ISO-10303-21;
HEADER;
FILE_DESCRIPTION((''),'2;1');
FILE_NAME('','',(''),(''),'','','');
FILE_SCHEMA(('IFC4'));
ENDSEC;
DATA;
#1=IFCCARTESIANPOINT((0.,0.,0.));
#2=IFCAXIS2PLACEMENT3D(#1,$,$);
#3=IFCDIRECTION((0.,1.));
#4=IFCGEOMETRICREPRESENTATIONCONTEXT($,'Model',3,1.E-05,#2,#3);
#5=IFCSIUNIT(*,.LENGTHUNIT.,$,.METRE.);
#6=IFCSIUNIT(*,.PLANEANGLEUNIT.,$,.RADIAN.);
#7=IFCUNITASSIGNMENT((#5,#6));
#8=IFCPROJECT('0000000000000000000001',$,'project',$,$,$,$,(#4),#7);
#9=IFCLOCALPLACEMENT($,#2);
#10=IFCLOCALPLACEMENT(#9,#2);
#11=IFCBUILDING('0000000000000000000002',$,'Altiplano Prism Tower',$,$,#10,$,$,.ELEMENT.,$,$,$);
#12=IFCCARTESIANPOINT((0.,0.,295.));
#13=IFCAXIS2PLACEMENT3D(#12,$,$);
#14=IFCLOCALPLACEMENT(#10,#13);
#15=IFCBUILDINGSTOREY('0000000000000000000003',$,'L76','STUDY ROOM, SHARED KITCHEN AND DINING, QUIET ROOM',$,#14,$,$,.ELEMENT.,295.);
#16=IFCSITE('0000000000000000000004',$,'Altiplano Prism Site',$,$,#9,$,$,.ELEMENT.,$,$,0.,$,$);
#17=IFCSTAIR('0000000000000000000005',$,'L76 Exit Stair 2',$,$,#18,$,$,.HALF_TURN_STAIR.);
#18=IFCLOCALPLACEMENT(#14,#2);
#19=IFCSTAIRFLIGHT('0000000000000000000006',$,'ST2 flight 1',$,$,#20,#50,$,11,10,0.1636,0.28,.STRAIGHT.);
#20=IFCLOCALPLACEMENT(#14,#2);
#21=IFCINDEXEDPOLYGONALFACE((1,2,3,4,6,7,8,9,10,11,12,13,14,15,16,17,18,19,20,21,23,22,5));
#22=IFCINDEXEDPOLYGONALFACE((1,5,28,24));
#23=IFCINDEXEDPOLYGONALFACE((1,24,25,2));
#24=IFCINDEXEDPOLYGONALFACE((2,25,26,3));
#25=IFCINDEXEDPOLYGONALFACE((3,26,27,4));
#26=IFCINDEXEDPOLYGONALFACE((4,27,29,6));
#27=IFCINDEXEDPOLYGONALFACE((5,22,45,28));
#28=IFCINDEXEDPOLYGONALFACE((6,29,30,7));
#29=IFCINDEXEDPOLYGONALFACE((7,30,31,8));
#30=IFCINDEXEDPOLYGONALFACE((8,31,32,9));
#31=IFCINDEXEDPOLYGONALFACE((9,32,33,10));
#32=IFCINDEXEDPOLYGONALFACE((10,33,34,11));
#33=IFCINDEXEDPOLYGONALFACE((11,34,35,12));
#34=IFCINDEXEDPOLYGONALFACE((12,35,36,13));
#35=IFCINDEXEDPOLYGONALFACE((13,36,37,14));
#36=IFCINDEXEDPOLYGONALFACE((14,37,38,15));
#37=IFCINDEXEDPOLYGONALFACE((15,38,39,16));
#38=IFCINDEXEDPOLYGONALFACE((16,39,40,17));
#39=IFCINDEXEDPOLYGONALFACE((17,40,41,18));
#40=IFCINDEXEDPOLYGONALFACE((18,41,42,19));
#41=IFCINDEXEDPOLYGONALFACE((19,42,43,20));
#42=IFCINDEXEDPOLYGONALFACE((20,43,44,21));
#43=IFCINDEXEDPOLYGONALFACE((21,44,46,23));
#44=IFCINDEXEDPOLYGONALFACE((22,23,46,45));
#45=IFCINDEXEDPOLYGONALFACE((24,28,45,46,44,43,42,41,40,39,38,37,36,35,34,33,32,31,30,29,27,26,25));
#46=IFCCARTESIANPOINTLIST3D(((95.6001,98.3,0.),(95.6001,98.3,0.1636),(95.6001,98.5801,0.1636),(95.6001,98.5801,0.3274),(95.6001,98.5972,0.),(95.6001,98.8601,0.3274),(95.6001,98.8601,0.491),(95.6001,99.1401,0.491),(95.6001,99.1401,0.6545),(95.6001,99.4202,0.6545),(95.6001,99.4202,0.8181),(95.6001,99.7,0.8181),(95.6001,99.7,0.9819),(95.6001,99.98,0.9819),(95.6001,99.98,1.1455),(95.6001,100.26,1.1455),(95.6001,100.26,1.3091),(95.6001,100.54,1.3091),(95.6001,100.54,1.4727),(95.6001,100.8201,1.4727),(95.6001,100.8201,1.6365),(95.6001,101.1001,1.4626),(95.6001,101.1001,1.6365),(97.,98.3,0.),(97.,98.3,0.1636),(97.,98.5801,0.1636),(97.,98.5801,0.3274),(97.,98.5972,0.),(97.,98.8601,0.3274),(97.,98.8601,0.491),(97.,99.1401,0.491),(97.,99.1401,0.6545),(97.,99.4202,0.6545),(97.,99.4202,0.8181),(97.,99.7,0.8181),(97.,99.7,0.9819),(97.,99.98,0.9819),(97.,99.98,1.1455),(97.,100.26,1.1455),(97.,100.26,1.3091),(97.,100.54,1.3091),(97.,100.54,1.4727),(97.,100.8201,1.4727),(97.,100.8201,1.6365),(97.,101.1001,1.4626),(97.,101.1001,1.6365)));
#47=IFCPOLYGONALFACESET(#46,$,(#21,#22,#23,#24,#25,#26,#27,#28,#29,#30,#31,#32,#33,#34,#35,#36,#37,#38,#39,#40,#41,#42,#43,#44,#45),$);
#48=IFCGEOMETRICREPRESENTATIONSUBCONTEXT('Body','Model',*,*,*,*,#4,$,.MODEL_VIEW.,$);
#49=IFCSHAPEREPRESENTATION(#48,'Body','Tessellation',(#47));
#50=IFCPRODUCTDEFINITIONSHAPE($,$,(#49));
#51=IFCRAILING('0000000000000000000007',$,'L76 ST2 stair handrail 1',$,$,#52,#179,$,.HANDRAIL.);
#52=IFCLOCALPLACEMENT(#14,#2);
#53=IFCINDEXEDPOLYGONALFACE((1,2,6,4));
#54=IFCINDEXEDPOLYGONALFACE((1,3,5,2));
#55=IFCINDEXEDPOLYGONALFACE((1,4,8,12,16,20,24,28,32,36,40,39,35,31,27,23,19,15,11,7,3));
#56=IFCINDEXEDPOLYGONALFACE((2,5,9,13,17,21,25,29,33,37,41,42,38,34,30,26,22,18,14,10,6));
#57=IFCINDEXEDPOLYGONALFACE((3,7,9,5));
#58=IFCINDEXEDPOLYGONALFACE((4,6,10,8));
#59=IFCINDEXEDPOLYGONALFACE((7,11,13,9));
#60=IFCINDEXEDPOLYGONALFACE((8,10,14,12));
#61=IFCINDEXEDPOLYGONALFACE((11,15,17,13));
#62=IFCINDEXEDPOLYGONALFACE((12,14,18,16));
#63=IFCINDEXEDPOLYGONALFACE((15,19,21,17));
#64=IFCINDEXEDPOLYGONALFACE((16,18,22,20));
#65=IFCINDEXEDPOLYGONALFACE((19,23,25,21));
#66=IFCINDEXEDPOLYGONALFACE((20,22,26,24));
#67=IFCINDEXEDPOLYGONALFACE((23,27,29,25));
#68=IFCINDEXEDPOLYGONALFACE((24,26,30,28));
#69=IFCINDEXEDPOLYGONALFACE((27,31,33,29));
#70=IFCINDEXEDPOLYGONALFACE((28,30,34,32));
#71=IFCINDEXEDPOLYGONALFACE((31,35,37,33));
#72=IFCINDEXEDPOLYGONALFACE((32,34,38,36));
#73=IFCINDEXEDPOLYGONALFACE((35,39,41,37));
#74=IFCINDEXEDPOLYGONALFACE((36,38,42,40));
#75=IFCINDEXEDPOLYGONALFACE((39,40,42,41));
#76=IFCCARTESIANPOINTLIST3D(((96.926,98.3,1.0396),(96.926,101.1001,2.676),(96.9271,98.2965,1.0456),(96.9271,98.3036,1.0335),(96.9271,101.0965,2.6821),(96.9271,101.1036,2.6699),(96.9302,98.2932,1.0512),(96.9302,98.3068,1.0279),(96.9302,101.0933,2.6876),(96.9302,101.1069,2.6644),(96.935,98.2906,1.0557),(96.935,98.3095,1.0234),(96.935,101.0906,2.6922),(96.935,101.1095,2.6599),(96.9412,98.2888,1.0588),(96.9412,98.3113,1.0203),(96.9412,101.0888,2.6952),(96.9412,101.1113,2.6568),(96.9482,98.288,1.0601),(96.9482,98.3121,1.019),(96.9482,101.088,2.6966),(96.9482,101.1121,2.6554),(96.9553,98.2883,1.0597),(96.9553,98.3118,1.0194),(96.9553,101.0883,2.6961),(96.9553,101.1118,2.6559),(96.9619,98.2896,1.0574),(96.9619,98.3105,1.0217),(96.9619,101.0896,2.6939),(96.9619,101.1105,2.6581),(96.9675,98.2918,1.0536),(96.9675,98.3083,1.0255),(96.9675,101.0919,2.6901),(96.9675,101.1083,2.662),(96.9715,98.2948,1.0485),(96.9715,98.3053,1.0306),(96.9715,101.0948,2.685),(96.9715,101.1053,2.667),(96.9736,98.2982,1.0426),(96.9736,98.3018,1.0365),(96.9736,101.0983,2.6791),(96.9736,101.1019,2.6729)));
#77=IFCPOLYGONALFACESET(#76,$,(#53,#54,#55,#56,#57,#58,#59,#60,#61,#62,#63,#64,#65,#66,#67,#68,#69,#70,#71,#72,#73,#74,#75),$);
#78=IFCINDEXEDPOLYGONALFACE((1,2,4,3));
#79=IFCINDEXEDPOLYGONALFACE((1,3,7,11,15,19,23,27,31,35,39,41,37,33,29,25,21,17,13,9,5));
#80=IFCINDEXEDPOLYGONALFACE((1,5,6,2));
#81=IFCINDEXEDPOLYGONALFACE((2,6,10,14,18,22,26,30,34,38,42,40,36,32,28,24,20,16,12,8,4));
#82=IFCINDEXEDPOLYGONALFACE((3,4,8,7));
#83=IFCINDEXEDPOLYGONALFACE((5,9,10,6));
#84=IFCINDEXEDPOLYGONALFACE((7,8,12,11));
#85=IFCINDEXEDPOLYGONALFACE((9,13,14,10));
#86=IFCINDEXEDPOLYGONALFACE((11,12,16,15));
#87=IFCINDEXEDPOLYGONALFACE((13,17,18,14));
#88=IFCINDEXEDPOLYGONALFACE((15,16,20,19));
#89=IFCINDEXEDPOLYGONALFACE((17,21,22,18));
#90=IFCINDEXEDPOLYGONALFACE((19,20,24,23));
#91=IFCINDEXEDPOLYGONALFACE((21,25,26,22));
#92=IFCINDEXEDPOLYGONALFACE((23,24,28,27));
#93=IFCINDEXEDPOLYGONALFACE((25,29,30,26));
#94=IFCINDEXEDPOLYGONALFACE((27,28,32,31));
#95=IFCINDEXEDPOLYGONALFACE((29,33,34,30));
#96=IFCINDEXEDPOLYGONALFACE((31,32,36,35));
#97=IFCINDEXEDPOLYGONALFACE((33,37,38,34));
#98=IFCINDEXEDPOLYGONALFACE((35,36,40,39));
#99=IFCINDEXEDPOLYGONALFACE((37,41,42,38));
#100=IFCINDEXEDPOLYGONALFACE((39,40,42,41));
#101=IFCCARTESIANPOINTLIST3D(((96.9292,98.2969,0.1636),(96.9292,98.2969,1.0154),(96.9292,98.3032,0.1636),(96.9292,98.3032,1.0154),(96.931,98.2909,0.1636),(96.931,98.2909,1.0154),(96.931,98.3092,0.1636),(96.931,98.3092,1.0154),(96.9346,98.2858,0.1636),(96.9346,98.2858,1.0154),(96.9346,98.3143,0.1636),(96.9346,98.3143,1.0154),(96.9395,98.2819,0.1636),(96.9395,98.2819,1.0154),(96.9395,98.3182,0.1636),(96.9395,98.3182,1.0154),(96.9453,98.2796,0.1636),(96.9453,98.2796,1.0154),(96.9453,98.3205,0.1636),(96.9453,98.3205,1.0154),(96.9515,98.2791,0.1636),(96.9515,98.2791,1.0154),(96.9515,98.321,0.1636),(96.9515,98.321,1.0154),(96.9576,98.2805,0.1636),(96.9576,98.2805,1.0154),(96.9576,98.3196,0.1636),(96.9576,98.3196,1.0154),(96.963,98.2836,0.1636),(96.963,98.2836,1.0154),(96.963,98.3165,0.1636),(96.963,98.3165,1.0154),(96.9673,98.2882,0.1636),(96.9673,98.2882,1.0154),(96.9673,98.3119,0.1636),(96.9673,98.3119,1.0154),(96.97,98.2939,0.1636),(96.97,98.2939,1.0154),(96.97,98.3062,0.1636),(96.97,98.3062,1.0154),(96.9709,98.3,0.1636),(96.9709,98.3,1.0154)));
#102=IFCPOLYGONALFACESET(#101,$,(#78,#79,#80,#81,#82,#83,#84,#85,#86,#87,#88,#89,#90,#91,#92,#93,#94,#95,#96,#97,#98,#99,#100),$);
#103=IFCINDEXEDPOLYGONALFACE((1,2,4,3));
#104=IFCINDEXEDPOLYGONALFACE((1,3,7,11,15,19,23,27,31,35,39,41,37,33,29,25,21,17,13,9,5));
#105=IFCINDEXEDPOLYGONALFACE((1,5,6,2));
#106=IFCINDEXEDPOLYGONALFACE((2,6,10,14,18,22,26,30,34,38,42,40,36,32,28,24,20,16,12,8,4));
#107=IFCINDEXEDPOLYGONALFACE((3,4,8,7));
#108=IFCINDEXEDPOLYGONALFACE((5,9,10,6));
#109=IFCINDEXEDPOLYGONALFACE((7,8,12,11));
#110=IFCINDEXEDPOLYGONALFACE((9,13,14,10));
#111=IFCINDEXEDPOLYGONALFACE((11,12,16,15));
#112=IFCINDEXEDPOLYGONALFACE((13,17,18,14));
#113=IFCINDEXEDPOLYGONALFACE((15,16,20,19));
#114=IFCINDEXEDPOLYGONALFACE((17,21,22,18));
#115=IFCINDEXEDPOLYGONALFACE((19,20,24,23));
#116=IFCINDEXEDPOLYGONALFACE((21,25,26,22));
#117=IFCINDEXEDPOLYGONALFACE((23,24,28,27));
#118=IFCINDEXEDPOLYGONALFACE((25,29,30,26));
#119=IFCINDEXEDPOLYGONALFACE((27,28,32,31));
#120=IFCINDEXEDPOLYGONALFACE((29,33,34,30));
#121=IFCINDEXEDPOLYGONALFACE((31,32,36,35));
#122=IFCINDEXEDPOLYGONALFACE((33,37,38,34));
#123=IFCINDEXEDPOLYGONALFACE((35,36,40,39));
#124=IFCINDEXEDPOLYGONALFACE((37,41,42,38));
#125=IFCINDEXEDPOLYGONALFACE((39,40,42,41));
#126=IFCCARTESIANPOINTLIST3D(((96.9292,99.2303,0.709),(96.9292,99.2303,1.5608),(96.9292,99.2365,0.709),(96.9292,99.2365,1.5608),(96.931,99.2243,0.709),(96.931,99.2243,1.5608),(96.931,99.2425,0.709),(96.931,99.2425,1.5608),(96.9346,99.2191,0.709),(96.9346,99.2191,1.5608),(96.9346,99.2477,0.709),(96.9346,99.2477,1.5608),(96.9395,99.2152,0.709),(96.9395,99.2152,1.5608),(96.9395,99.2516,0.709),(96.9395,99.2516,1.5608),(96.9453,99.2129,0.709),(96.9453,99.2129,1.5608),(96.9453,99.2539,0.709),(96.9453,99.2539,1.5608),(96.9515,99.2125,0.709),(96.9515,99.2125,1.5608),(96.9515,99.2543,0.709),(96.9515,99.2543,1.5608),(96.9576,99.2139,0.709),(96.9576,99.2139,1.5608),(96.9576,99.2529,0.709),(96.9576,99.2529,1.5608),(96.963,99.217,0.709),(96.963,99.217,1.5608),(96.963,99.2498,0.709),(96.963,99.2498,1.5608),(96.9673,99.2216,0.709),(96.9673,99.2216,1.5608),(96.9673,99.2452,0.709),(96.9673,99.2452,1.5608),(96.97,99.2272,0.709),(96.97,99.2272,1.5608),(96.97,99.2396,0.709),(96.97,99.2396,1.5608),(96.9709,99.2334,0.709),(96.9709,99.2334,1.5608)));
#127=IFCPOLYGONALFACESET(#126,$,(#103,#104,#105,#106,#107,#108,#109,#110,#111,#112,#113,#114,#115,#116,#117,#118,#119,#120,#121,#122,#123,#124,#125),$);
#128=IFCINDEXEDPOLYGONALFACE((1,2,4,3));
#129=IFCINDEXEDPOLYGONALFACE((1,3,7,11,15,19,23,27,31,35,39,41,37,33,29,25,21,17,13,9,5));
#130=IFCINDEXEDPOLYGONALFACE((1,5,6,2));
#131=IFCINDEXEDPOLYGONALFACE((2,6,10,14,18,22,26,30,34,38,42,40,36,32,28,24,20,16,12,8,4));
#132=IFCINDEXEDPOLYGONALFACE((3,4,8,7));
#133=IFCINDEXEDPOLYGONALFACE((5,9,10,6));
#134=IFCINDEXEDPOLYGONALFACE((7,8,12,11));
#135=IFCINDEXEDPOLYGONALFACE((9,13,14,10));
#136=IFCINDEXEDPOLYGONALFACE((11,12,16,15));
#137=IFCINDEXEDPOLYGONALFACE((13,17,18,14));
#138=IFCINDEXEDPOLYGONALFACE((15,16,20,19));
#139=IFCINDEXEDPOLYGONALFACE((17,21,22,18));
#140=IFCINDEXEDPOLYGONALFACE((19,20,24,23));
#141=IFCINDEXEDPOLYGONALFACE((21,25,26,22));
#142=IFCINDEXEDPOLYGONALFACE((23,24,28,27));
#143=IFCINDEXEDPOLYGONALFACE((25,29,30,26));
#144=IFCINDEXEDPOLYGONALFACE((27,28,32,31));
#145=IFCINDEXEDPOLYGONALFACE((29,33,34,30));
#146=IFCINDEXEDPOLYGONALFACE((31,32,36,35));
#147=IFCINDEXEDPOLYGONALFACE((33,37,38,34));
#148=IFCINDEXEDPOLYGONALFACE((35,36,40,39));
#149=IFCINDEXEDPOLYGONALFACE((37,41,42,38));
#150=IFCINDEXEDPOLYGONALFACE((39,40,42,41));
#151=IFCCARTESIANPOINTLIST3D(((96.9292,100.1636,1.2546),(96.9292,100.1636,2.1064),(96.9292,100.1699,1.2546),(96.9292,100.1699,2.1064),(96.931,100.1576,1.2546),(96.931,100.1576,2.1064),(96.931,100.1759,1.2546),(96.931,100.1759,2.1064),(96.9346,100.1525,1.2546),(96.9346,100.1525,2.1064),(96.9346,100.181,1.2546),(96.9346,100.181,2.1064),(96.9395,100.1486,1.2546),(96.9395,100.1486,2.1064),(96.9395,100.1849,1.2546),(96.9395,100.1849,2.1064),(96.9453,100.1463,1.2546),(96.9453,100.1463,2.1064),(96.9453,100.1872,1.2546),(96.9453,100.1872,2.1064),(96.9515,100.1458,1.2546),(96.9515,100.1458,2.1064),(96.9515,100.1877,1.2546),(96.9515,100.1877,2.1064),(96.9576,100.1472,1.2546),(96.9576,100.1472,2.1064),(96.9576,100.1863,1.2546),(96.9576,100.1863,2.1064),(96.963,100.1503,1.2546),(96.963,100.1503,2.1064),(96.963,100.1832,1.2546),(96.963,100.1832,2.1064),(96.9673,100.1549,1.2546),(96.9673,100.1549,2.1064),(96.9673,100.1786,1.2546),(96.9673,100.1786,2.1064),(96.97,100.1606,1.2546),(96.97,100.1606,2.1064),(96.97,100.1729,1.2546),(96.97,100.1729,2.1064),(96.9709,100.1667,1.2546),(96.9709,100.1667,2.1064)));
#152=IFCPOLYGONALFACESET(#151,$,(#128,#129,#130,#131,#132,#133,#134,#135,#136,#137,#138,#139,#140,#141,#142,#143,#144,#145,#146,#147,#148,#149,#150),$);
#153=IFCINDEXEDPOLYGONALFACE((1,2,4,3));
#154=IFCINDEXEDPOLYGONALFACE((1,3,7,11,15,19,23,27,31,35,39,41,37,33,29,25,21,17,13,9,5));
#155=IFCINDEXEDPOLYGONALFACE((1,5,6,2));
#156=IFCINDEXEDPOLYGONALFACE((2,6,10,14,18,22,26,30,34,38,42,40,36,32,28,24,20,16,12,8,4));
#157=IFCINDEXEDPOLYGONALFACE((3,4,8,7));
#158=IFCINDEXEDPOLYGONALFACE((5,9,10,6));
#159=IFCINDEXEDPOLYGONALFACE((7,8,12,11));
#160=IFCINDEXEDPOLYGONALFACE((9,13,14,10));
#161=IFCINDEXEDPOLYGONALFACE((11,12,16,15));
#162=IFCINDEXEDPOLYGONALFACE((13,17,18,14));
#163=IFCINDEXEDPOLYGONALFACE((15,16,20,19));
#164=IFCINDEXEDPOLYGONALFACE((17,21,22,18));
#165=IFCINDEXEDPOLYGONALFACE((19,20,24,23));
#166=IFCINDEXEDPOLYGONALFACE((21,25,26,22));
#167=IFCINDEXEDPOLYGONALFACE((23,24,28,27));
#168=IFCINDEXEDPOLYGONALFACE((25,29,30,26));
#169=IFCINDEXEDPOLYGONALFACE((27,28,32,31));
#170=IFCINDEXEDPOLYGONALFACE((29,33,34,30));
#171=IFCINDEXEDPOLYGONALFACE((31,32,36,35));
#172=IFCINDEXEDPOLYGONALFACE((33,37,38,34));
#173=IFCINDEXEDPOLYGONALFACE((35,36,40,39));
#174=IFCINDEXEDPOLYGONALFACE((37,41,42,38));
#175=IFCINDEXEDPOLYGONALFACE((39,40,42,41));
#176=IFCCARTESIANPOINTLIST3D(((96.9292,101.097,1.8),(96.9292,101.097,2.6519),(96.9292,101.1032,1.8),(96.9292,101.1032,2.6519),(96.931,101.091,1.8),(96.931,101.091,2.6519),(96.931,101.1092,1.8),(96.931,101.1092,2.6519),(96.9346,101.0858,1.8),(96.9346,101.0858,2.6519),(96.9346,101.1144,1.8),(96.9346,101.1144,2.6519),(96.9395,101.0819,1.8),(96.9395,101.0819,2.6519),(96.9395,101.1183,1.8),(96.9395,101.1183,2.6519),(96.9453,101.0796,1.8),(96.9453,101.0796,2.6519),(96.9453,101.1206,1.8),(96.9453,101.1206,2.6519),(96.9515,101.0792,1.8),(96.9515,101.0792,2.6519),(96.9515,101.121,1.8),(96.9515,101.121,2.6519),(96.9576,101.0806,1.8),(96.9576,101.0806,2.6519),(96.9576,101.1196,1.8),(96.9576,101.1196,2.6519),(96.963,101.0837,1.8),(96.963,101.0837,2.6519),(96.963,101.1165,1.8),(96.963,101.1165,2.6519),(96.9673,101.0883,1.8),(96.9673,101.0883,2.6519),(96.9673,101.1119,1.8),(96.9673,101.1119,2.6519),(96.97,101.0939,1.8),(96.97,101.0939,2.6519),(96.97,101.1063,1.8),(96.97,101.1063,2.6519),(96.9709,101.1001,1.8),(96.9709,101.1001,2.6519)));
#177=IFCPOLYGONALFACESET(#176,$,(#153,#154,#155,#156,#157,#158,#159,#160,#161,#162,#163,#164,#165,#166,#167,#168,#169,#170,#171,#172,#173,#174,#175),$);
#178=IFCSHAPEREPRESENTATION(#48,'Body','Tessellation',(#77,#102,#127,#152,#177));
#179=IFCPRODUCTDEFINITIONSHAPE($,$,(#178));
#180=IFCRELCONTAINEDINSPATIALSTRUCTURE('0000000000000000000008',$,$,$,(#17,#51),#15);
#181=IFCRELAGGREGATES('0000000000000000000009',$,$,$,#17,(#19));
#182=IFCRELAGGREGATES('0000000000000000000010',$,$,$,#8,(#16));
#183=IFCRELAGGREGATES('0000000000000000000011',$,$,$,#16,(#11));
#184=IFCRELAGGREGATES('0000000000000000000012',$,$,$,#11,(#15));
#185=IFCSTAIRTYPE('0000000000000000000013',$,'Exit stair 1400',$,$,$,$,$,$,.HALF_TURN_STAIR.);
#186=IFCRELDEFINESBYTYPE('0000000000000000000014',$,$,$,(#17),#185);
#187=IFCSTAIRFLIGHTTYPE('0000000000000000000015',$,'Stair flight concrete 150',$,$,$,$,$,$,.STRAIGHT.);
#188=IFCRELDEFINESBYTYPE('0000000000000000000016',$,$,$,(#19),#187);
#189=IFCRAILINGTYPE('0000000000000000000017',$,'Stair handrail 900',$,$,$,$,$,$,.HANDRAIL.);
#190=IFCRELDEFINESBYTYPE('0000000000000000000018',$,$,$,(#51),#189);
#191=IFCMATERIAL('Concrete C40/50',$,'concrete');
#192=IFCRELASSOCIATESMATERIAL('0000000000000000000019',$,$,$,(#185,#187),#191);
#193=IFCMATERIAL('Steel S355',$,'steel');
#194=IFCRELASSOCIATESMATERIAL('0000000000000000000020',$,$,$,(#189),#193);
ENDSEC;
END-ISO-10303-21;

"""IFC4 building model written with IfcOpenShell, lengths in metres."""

from ifc_helpers import new_model, si_unit, direction, frame, origin, origin_2d, place, context, subcontext, project, spatial, polyline, circle, outline, extrude, material, type_object, element, aggregate, save


model = new_model("IFC4")

# Units and contexts
model_context = context("Model", 3, precision=1e-05, world=origin(), true_north=direction((0.0, 1.0)))
body_context = subcontext(model_context, "Body", "Model", "MODEL_VIEW")
ifc_project = project(units=[si_unit("LENGTHUNIT", "METRE"), si_unit("PLANEANGLEUNIT", "RADIAN")], contexts=[model_context])

# Site, building, storey
site_placement = place(None, origin())
site = spatial("IfcSite", under=ifc_project, at=site_placement, Name="Altiplano Prism Site", CompositionType="ELEMENT", RefElevation=0.0)
building_placement = place(site_placement, origin())
building = spatial("IfcBuilding", under=site, at=building_placement, Name="Altiplano Prism Tower", CompositionType="ELEMENT")
storey_placement = place(building_placement, frame((0.0, 0.0, 295.0)))
storey = spatial("IfcBuildingStorey", under=building, at=storey_placement, Name="L76", Description="STUDY ROOM, SHARED KITCHEN AND DINING, QUIET ROOM", CompositionType="ELEMENT", Elevation=295.0)

# Stair, stair flight
ifc_material_1 = material(Name="Concrete C40/50", Category="concrete")
stair_type = type_object("IfcStairType", Name="Exit stair 1400", PredefinedType="HALF_TURN_STAIR", material=ifc_material_1)
stair_placement = place(storey_placement, origin())
stair = element("IfcStair", 1, at=stair_placement, inside=storey, type_object=stair_type, Name="L76 Exit Stair 2", PredefinedType="HALF_TURN_STAIR")
stair_flight_type = type_object("IfcStairFlightType", Name="Stair flight concrete 150", PredefinedType="STRAIGHT", material=ifc_material_1)
stair_flight_placement = place(storey_placement, frame((96.3, 98.3, 0.0), z_axis=(0.0, 0.0, 1.0), x_axis=(0.0, 1.0, 0.0)))
stair_flight = element("IfcStairFlight", 2, at=stair_flight_placement, type_object=stair_flight_type, Name="ST2 flight 1", NumberOfRisers=11, NumberOfTreads=10, PredefinedType="STRAIGHT", RiserHeight=0.1636, TreadLength=0.28, context=body_context, shape_type="SweptSolid", body=[
    extrude(outline(polyline([(0.0, 0.0), (0.0, 0.1636), (0.28, 0.1636), (0.28, 0.3274), (0.5601, 0.3274), (0.5601, 0.491), (0.8401, 0.491), (0.8401, 0.6545), (1.1201, 0.6545), (1.1201, 0.8181), (1.3999, 0.8181), (1.3999, 0.9819), (1.6799, 0.9819), (1.6799, 1.1455), (1.96, 1.1455), (1.96, 1.3091), (2.24, 1.3091), (2.24, 1.4727), (2.52, 1.4727), (2.52, 1.6365), (2.8, 1.6365), (2.8, 1.8), (2.8, 1.4626), (0.2971, 0.0), (0.0, 0.0)])), frame((0.0, 0.7, 0.0), z_axis=(0.0, -1.0, 0.0), x_axis=(1.0, 0.0, 0.0)), (0.0, 0.0, 1.0), 1.3999),
])
aggregate(stair, [stair_flight])

# Railing
ifc_material_2 = material(Name="Steel S355", Category="steel")
railing_type_1 = type_object("IfcRailingType", Name="Stair handrail 900", PredefinedType="HANDRAIL", material=ifc_material_2)
railing_1_placement = place(storey_placement, frame((96.95, 98.3, 0.1636)))
element("IfcRailing", 3, at=railing_1_placement, inside=storey, type_object=railing_type_1, Name="L76 ST2 stair handrail 1", PredefinedType="HANDRAIL", context=body_context, shape_type="SweptSolid", body=[
    extrude(circle(Radius=0.0239, at=origin_2d()), frame((0.0, 0.0, 0.876), z_axis=(0.0, 0.863361, 0.504587), x_axis=(-1.0, 0.0, 0.0)), (0.0, 0.0, 1.0), 3.2432),
    extrude(circle(Radius=0.021, at=origin_2d()), origin(), (0.0, 0.0, 1.0), 0.8518),
    extrude(circle(Radius=0.021, at=origin_2d()), frame((0.0, 0.9333, 0.5454)), (0.0, 0.0, 1.0), 0.8518),
    extrude(circle(Radius=0.021, at=origin_2d()), frame((0.0, 1.8667, 1.0911)), (0.0, 0.0, 1.0), 0.8518),
    extrude(circle(Radius=0.021, at=origin_2d()), frame((0.0, 2.8, 1.6365)), (0.0, 0.0, 1.0), 0.8518),
])

save(model, "model.ifc")
